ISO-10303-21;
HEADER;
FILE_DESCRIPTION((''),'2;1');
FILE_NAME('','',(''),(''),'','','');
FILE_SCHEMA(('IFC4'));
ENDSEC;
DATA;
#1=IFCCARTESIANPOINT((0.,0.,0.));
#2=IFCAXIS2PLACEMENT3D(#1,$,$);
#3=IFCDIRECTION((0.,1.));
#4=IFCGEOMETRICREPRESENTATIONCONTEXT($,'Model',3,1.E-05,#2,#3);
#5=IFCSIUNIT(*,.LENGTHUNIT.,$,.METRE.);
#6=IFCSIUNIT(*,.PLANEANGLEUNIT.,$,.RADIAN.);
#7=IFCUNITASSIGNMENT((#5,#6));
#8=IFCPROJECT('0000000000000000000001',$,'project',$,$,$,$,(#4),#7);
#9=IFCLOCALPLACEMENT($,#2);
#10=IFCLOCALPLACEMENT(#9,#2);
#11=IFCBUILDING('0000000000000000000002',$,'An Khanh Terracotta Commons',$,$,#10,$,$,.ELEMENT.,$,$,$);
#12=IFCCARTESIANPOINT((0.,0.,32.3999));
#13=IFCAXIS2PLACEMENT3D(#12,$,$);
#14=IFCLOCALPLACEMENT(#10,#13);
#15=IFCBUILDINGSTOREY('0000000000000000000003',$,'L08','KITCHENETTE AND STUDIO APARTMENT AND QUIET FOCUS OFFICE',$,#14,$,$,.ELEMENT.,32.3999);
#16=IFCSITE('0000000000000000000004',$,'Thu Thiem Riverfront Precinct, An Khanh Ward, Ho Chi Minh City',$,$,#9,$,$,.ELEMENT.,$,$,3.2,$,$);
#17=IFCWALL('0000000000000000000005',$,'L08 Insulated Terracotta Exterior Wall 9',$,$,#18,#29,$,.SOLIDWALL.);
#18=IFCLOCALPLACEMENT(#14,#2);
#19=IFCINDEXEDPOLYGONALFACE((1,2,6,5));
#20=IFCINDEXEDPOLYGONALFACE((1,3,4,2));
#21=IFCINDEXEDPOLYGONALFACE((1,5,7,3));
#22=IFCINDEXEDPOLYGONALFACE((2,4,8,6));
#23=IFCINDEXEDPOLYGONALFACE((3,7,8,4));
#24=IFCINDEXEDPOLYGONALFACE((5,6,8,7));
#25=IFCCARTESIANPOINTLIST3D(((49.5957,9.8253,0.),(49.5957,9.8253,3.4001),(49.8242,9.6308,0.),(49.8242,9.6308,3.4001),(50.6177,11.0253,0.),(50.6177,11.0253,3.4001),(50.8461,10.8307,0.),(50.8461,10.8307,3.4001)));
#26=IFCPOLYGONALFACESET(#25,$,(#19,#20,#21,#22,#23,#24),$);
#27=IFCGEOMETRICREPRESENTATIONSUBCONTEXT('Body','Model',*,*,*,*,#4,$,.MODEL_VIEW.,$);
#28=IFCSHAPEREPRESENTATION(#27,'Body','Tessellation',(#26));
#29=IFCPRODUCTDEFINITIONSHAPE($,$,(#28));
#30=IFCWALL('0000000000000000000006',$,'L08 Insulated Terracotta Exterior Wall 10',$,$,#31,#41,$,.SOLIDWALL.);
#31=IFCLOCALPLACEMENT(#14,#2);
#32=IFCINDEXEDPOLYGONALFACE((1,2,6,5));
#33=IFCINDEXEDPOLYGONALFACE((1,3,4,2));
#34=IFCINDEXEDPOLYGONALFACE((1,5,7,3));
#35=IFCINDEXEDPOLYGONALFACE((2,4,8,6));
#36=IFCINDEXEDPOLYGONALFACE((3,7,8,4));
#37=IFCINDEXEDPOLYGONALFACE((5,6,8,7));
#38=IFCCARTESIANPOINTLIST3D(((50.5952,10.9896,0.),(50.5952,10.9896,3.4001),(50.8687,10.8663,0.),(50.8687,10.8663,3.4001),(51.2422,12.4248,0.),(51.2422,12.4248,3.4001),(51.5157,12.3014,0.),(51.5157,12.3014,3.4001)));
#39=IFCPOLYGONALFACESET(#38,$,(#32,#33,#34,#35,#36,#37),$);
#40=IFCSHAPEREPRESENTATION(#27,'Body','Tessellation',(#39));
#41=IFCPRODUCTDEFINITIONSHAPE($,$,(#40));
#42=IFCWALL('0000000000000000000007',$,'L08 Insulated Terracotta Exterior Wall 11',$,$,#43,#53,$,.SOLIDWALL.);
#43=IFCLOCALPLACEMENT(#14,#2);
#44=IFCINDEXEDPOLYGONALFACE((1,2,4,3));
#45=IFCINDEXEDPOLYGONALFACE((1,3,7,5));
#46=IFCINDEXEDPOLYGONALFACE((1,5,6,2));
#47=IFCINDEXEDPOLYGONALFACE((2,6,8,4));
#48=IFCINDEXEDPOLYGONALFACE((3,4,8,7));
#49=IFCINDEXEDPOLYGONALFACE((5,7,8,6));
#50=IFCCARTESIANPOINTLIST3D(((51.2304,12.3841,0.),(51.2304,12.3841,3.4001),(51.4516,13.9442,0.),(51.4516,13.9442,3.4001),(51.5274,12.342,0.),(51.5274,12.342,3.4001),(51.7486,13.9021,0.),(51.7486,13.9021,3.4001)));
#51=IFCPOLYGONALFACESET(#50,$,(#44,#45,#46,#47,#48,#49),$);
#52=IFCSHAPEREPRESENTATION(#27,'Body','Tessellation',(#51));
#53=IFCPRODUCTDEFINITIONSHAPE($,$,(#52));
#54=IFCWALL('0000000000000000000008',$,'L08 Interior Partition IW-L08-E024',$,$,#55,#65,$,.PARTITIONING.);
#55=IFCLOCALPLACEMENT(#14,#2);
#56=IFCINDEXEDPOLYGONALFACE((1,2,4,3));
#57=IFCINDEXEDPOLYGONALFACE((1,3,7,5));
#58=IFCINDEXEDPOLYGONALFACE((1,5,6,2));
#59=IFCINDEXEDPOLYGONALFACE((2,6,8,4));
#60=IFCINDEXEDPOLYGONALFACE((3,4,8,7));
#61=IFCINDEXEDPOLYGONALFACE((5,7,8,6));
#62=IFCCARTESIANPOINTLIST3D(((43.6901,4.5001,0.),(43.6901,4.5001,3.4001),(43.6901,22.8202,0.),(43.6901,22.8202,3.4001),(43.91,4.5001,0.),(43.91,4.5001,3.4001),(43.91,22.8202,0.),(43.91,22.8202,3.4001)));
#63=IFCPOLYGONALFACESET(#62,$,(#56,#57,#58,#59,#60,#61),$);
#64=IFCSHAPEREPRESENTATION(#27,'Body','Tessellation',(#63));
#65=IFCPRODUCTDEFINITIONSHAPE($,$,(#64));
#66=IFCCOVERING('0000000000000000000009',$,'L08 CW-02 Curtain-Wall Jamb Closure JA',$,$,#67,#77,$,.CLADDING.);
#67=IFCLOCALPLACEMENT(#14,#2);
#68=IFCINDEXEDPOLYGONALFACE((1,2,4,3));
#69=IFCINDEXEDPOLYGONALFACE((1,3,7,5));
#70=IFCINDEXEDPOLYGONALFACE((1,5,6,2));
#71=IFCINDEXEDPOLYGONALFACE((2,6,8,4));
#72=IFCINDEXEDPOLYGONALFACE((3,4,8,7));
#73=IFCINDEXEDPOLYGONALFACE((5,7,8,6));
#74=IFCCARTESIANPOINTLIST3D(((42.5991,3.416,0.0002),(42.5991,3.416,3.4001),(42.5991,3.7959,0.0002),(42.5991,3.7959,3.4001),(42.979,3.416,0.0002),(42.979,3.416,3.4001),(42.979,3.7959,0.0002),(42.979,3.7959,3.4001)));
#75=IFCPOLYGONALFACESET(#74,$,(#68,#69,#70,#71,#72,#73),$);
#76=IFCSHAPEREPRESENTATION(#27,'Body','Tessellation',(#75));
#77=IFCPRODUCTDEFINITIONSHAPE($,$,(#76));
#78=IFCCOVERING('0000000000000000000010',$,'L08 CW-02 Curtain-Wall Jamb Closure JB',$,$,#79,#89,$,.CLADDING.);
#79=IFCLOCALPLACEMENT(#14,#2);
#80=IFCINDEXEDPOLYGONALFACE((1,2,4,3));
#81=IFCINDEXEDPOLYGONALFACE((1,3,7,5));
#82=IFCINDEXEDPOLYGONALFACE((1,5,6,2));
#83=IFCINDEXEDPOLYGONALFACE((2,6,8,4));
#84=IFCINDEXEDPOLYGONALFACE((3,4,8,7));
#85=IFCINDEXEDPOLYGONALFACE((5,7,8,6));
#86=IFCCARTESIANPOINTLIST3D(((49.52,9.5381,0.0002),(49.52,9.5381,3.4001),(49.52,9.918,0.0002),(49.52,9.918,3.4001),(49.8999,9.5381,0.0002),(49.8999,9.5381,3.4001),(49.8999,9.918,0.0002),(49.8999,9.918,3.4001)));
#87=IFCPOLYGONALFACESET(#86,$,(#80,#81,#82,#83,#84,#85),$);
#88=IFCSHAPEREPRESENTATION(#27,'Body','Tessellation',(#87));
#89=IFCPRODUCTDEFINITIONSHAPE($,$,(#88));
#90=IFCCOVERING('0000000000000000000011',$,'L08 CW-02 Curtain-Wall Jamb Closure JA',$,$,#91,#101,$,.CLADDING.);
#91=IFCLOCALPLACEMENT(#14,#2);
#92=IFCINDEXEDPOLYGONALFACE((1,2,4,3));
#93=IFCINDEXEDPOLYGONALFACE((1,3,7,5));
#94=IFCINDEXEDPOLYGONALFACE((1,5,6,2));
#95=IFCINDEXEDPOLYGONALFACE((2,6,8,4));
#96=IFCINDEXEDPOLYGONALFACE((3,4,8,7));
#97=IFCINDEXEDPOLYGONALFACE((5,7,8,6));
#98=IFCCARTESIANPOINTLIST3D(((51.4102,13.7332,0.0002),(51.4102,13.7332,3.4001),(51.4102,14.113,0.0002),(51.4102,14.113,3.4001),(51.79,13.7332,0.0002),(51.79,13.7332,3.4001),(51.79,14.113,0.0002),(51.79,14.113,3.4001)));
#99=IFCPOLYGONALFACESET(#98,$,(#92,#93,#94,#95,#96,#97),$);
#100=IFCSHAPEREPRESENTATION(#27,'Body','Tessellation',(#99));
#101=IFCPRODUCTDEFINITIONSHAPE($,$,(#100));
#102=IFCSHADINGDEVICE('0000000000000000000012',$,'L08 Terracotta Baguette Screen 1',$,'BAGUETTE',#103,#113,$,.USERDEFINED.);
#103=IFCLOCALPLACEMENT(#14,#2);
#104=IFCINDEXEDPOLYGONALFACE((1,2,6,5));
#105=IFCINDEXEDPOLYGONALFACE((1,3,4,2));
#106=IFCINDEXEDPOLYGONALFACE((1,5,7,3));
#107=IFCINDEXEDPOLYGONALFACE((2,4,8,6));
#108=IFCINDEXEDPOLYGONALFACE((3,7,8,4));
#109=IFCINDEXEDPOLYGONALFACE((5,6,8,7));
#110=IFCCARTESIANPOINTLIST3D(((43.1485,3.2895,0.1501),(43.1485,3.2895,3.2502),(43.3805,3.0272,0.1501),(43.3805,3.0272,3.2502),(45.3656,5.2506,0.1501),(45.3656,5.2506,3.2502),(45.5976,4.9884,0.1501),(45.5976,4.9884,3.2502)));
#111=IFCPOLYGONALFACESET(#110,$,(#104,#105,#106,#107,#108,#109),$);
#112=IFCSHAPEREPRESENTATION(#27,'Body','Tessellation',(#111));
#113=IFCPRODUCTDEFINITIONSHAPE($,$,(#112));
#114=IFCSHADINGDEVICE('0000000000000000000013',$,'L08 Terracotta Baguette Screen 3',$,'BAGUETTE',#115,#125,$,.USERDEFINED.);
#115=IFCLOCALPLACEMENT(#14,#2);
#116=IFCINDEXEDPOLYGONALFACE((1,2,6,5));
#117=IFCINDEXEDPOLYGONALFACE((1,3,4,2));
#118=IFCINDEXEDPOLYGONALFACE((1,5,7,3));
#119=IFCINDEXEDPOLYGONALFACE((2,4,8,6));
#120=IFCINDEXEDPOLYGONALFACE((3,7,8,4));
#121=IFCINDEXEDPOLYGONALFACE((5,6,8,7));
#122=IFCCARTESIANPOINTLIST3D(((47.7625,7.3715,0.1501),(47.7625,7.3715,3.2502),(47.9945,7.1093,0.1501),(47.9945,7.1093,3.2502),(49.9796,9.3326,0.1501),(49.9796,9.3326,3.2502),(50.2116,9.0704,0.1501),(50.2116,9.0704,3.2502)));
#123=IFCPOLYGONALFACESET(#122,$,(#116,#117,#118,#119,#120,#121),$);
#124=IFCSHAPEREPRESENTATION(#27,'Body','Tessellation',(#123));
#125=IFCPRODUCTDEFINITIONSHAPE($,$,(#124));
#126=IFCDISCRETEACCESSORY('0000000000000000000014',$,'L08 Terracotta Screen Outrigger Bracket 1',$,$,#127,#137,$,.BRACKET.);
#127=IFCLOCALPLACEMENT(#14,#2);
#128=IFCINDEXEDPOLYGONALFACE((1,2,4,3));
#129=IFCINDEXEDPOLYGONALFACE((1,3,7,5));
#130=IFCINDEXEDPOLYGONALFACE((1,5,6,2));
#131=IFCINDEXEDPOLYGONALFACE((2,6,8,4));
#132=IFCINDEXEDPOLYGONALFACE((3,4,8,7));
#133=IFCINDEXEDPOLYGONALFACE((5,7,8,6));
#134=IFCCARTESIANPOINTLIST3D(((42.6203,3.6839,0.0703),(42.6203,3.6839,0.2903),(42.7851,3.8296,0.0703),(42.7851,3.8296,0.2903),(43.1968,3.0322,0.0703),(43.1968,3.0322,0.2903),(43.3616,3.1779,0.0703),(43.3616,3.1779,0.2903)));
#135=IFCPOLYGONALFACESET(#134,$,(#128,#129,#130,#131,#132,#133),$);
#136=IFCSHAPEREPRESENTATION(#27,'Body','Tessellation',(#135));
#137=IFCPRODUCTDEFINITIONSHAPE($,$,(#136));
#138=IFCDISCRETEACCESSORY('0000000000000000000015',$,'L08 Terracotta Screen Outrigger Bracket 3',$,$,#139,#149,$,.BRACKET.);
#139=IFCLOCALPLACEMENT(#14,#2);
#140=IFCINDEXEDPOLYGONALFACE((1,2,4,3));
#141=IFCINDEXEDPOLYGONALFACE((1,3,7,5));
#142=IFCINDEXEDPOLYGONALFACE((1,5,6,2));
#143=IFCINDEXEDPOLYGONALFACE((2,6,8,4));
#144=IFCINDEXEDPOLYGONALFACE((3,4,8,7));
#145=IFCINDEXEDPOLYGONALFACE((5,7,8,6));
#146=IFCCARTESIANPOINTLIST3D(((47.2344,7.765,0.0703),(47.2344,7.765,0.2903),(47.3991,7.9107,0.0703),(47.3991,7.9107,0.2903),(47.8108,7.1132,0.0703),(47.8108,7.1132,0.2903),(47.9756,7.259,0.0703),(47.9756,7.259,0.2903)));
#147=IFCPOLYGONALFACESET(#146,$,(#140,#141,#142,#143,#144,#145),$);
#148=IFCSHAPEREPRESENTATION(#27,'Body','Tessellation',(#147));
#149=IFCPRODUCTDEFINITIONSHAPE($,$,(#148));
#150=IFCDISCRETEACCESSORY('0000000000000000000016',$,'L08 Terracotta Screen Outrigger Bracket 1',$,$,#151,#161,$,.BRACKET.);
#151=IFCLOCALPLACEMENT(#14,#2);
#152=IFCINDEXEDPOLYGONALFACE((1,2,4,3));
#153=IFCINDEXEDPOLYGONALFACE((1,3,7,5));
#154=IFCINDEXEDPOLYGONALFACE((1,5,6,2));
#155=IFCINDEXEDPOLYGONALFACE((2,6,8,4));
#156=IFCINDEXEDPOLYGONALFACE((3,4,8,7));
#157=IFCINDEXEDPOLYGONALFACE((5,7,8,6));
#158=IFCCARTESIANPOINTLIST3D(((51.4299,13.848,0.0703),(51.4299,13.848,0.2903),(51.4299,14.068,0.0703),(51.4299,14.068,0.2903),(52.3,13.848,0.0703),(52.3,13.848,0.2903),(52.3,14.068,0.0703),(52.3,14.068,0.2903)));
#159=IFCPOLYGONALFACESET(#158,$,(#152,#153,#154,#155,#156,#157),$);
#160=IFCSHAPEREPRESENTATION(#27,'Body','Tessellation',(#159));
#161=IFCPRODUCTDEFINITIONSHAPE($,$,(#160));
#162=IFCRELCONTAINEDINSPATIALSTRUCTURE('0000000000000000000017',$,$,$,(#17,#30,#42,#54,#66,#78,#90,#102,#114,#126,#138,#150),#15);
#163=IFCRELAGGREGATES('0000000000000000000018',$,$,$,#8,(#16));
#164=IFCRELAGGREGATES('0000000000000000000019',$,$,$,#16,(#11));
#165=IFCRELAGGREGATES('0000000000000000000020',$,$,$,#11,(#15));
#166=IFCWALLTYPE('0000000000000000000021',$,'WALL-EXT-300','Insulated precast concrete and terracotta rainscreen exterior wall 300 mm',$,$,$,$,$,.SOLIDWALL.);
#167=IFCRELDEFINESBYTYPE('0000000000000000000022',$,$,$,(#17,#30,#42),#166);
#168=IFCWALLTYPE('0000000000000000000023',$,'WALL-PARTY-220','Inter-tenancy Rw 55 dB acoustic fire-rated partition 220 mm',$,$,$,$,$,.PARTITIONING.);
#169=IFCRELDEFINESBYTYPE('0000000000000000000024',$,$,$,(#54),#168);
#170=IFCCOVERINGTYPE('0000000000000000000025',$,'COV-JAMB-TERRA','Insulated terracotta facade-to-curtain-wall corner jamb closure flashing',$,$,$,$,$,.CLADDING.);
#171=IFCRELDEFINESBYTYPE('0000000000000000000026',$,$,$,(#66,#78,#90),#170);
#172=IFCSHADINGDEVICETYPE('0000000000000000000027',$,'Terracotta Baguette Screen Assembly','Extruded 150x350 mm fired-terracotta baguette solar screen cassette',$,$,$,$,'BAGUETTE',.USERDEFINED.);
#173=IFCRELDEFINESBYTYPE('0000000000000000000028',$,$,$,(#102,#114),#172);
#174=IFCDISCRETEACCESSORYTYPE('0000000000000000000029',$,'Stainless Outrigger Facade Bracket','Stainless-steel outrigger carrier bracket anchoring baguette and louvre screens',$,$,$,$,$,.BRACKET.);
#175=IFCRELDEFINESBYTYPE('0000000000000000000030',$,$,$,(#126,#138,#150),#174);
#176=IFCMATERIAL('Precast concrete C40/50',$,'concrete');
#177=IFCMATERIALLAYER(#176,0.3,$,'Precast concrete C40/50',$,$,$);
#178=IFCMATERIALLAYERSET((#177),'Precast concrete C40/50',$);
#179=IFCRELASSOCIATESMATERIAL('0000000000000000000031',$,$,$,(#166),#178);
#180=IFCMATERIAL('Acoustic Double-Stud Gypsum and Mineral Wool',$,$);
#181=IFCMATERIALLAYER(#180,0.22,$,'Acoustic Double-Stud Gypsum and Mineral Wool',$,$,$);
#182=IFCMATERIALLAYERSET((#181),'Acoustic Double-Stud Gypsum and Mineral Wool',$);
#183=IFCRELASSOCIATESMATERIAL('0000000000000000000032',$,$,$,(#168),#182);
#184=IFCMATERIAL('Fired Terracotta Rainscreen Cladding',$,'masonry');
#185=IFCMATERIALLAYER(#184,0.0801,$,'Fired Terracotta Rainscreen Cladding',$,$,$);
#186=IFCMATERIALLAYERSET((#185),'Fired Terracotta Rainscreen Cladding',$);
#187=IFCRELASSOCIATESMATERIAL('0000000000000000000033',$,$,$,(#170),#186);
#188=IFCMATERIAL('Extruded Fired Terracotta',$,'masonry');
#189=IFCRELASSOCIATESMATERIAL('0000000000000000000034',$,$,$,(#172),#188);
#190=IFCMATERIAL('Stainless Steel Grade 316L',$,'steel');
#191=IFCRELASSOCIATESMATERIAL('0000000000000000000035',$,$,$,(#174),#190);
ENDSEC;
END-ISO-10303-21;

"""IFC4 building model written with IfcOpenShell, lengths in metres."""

from ifc_helpers import new_model, si_unit, direction, frame, frame_2d, origin, origin_2d, place, context, subcontext, project, spatial, rectangle, extrude, material, layer, layer_set, type_object, element, save


model = new_model("IFC4")

# Units and contexts
model_context = context("Model", 3, precision=1e-05, world=origin(), true_north=direction((0.0, 1.0)))
body_context = subcontext(model_context, "Body", "Model", "MODEL_VIEW")
ifc_project = project(units=[si_unit("LENGTHUNIT", "METRE"), si_unit("PLANEANGLEUNIT", "RADIAN")], contexts=[model_context])

# Site, building, storey
site_placement = place(None, origin())
site = spatial("IfcSite", under=ifc_project, at=site_placement, Name="Thu Thiem Riverfront Precinct, An Khanh Ward, Ho Chi Minh City", CompositionType="ELEMENT", RefElevation=3.2)
building_placement = place(site_placement, origin())
building = spatial("IfcBuilding", under=site, at=building_placement, Name="An Khanh Terracotta Commons", CompositionType="ELEMENT")
storey_placement = place(building_placement, frame((0.0, 0.0, 32.3999)))
storey = spatial("IfcBuildingStorey", under=building, at=storey_placement, Name="L08", Description="KITCHENETTE AND STUDIO APARTMENT AND QUIET FOCUS OFFICE", CompositionType="ELEMENT", Elevation=32.3999)

# Walls
ifc_material_1 = material(Name="Precast concrete C40/50", Category="concrete")
ifc_layer_1 = layer(ifc_material_1, 0.3, Name="Precast concrete C40/50")
ifc_layer_set_1 = layer_set([ifc_layer_1], Name="Precast concrete C40/50")
wall_type_1 = type_object("IfcWallType", Name="WALL-EXT-300", Description="Insulated precast concrete and terracotta rainscreen exterior wall 300 mm", PredefinedType="SOLIDWALL", material=ifc_layer_set_1)
wall_1_placement = place(storey_placement, frame((49.71, 9.728, 0.0), z_axis=(0.0, 0.0, 1.0), x_axis=(0.64839, 0.761308, 0.0)))
element("IfcWall", 1, at=wall_1_placement, inside=storey, type_object=wall_type_1, Name="L08 Insulated Terracotta Exterior Wall 9", PredefinedType="SOLIDWALL", context=body_context, shape_type="SweptSolid", body=[
    extrude(rectangle(XDim=1.5762, YDim=0.3, at=frame_2d((0.7881, 0.0))), origin(), (0.0, 0.0, 1.0), 3.4001),
])
wall_2_placement = place(storey_placement, frame((50.7319, 10.928, 0.0), z_axis=(0.0, 0.0, 1.0), x_axis=(0.410997, 0.911637, 0.0)))
element("IfcWall", 2, at=wall_2_placement, inside=storey, type_object=wall_type_1, Name="L08 Insulated Terracotta Exterior Wall 10", PredefinedType="SOLIDWALL", context=body_context, shape_type="SweptSolid", body=[
    extrude(rectangle(XDim=1.5742, YDim=0.3, at=frame_2d((0.7871, 0.0))), origin(), (0.0, 0.0, 1.0), 3.4001),
])
wall_3_placement = place(storey_placement, frame((51.3789, 12.363, 0.0), z_axis=(0.0, 0.0, 1.0), x_axis=(0.14038, 0.990098, 0.0)))
element("IfcWall", 3, at=wall_3_placement, inside=storey, type_object=wall_type_1, Name="L08 Insulated Terracotta Exterior Wall 11", PredefinedType="SOLIDWALL", context=body_context, shape_type="SweptSolid", body=[
    extrude(rectangle(XDim=1.5757, YDim=0.3, at=frame_2d((0.7878, 0.0))), origin(), (0.0, 0.0, 1.0), 3.4001),
])
ifc_material_2 = material(Name="Acoustic Double-Stud Gypsum and Mineral Wool")
ifc_layer_2 = layer(ifc_material_2, 0.22, Name="Acoustic Double-Stud Gypsum and Mineral Wool")
ifc_layer_set_2 = layer_set([ifc_layer_2], Name="Acoustic Double-Stud Gypsum and Mineral Wool")
wall_type_2 = type_object("IfcWallType", Name="WALL-PARTY-220", Description="Inter-tenancy Rw 55 dB acoustic fire-rated partition 220 mm", PredefinedType="PARTITIONING", material=ifc_layer_set_2)
wall_4_placement = place(storey_placement, frame((43.8, 4.5, 0.0), z_axis=(0.0, 0.0, 1.0), x_axis=(0.0, 1.0, 0.0)))
element("IfcWall", 4, at=wall_4_placement, inside=storey, type_object=wall_type_2, Name="L08 Interior Partition IW-L08-E024", PredefinedType="PARTITIONING", context=body_context, shape_type="SweptSolid", body=[
    extrude(rectangle(XDim=18.3201, YDim=0.22, at=frame_2d((9.1602, 0.0))), origin(), (0.0, 0.0, 1.0), 3.4001),
])

# Coverings
ifc_material_3 = material(Name="Fired Terracotta Rainscreen Cladding", Category="masonry")
ifc_layer_3 = layer(ifc_material_3, 0.0801, Name="Fired Terracotta Rainscreen Cladding")
ifc_layer_set_3 = layer_set([ifc_layer_3], Name="Fired Terracotta Rainscreen Cladding")
covering_type = type_object("IfcCoveringType", Name="COV-JAMB-TERRA", Description="Insulated terracotta facade-to-curtain-wall corner jamb closure flashing", PredefinedType="CLADDING", material=ifc_layer_set_3)
for number, where, z_axis, x_axis, name in (
    (5, (42.7891, 3.606, 0.0002), (0.0, 0.0, 1.0), (1.0, 0.0, 0.0), "L08 CW-02 Curtain-Wall Jamb Closure JA"),
    (6, (49.71, 9.728, 0.0002), (0.0, 0.0, 1.0), (1.0, 0.0, 0.0), "L08 CW-02 Curtain-Wall Jamb Closure JB"),
    (7, (51.6001, 13.9231, 0.0002), (0.0, 0.0, 1.0), (1.0, 0.0, 0.0), "L08 CW-02 Curtain-Wall Jamb Closure JA"),
):
    element("IfcCovering", number, at=place(storey_placement, frame(where, z_axis=z_axis, x_axis=x_axis)), inside=storey, type_object=covering_type, Name=name, PredefinedType="CLADDING", context=body_context, shape_type="SweptSolid", body=[
        extrude(rectangle(XDim=0.3799, YDim=0.3799, at=origin_2d()), origin(), (0.0, 0.0, 1.0), 3.3999),
    ])

# Shading devices
ifc_material_4 = material(Name="Extruded Fired Terracotta", Category="masonry")
shading_device_type = type_object("IfcShadingDeviceType", Name="Terracotta Baguette Screen Assembly", Description="Extruded 150x350 mm fired-terracotta baguette solar screen cassette", ElementType="BAGUETTE", PredefinedType="USERDEFINED", material=ifc_material_4)
for number, where, z_axis, x_axis, name in (
    (8, (44.373, 4.1389, 0.1501), (0.0, 0.0, 1.0), (0.749019, 0.662548, 0.0), "L08 Terracotta Baguette Screen 1"),
    (9, (48.9871, 8.2209, 0.1501), (0.0, 0.0, 1.0), (0.749019, 0.662548, 0.0), "L08 Terracotta Baguette Screen 3"),
):
    element("IfcShadingDevice", number, at=place(storey_placement, frame(where, z_axis=z_axis, x_axis=x_axis)), inside=storey, type_object=shading_device_type, Name=name, ObjectType="BAGUETTE", PredefinedType="USERDEFINED", context=body_context, shape_type="SweptSolid", body=[
        extrude(rectangle(XDim=2.96, YDim=0.3501, at=origin_2d()), origin(), (0.0, 0.0, 1.0), 3.1001),
    ])

# Discrete accessories
ifc_material_5 = material(Name="Stainless Steel Grade 316L", Category="steel")
discrete_accessory_type = type_object("IfcDiscreteAccessoryType", Name="Stainless Outrigger Facade Bracket", Description="Stainless-steel outrigger carrier bracket anchoring baguette and louvre screens", PredefinedType="BRACKET", material=ifc_material_5)
for number, where, z_axis, x_axis, name in (
    (10, (42.991, 3.4309, 0.0703), (0.0, 0.0, 1.0), (0.749019, 0.662548, 0.0), "L08 Terracotta Screen Outrigger Bracket 1"),
    (11, (47.605, 7.512, 0.0703), (0.0, 0.0, 1.0), (0.749019, 0.662548, 0.0), "L08 Terracotta Screen Outrigger Bracket 3"),
    (12, (51.865, 13.958, 0.0703), (0.0, 0.0, 1.0), (0.0, 1.0, 0.0), "L08 Terracotta Screen Outrigger Bracket 1"),
):
    element("IfcDiscreteAccessory", number, at=place(storey_placement, frame(where, z_axis=z_axis, x_axis=x_axis)), inside=storey, type_object=discrete_accessory_type, Name=name, PredefinedType="BRACKET", context=body_context, shape_type="SweptSolid", body=[
        extrude(rectangle(XDim=0.22, YDim=0.8701, at=origin_2d()), origin(), (0.0, 0.0, 1.0), 0.22),
    ])

save(model, "model.ifc")
